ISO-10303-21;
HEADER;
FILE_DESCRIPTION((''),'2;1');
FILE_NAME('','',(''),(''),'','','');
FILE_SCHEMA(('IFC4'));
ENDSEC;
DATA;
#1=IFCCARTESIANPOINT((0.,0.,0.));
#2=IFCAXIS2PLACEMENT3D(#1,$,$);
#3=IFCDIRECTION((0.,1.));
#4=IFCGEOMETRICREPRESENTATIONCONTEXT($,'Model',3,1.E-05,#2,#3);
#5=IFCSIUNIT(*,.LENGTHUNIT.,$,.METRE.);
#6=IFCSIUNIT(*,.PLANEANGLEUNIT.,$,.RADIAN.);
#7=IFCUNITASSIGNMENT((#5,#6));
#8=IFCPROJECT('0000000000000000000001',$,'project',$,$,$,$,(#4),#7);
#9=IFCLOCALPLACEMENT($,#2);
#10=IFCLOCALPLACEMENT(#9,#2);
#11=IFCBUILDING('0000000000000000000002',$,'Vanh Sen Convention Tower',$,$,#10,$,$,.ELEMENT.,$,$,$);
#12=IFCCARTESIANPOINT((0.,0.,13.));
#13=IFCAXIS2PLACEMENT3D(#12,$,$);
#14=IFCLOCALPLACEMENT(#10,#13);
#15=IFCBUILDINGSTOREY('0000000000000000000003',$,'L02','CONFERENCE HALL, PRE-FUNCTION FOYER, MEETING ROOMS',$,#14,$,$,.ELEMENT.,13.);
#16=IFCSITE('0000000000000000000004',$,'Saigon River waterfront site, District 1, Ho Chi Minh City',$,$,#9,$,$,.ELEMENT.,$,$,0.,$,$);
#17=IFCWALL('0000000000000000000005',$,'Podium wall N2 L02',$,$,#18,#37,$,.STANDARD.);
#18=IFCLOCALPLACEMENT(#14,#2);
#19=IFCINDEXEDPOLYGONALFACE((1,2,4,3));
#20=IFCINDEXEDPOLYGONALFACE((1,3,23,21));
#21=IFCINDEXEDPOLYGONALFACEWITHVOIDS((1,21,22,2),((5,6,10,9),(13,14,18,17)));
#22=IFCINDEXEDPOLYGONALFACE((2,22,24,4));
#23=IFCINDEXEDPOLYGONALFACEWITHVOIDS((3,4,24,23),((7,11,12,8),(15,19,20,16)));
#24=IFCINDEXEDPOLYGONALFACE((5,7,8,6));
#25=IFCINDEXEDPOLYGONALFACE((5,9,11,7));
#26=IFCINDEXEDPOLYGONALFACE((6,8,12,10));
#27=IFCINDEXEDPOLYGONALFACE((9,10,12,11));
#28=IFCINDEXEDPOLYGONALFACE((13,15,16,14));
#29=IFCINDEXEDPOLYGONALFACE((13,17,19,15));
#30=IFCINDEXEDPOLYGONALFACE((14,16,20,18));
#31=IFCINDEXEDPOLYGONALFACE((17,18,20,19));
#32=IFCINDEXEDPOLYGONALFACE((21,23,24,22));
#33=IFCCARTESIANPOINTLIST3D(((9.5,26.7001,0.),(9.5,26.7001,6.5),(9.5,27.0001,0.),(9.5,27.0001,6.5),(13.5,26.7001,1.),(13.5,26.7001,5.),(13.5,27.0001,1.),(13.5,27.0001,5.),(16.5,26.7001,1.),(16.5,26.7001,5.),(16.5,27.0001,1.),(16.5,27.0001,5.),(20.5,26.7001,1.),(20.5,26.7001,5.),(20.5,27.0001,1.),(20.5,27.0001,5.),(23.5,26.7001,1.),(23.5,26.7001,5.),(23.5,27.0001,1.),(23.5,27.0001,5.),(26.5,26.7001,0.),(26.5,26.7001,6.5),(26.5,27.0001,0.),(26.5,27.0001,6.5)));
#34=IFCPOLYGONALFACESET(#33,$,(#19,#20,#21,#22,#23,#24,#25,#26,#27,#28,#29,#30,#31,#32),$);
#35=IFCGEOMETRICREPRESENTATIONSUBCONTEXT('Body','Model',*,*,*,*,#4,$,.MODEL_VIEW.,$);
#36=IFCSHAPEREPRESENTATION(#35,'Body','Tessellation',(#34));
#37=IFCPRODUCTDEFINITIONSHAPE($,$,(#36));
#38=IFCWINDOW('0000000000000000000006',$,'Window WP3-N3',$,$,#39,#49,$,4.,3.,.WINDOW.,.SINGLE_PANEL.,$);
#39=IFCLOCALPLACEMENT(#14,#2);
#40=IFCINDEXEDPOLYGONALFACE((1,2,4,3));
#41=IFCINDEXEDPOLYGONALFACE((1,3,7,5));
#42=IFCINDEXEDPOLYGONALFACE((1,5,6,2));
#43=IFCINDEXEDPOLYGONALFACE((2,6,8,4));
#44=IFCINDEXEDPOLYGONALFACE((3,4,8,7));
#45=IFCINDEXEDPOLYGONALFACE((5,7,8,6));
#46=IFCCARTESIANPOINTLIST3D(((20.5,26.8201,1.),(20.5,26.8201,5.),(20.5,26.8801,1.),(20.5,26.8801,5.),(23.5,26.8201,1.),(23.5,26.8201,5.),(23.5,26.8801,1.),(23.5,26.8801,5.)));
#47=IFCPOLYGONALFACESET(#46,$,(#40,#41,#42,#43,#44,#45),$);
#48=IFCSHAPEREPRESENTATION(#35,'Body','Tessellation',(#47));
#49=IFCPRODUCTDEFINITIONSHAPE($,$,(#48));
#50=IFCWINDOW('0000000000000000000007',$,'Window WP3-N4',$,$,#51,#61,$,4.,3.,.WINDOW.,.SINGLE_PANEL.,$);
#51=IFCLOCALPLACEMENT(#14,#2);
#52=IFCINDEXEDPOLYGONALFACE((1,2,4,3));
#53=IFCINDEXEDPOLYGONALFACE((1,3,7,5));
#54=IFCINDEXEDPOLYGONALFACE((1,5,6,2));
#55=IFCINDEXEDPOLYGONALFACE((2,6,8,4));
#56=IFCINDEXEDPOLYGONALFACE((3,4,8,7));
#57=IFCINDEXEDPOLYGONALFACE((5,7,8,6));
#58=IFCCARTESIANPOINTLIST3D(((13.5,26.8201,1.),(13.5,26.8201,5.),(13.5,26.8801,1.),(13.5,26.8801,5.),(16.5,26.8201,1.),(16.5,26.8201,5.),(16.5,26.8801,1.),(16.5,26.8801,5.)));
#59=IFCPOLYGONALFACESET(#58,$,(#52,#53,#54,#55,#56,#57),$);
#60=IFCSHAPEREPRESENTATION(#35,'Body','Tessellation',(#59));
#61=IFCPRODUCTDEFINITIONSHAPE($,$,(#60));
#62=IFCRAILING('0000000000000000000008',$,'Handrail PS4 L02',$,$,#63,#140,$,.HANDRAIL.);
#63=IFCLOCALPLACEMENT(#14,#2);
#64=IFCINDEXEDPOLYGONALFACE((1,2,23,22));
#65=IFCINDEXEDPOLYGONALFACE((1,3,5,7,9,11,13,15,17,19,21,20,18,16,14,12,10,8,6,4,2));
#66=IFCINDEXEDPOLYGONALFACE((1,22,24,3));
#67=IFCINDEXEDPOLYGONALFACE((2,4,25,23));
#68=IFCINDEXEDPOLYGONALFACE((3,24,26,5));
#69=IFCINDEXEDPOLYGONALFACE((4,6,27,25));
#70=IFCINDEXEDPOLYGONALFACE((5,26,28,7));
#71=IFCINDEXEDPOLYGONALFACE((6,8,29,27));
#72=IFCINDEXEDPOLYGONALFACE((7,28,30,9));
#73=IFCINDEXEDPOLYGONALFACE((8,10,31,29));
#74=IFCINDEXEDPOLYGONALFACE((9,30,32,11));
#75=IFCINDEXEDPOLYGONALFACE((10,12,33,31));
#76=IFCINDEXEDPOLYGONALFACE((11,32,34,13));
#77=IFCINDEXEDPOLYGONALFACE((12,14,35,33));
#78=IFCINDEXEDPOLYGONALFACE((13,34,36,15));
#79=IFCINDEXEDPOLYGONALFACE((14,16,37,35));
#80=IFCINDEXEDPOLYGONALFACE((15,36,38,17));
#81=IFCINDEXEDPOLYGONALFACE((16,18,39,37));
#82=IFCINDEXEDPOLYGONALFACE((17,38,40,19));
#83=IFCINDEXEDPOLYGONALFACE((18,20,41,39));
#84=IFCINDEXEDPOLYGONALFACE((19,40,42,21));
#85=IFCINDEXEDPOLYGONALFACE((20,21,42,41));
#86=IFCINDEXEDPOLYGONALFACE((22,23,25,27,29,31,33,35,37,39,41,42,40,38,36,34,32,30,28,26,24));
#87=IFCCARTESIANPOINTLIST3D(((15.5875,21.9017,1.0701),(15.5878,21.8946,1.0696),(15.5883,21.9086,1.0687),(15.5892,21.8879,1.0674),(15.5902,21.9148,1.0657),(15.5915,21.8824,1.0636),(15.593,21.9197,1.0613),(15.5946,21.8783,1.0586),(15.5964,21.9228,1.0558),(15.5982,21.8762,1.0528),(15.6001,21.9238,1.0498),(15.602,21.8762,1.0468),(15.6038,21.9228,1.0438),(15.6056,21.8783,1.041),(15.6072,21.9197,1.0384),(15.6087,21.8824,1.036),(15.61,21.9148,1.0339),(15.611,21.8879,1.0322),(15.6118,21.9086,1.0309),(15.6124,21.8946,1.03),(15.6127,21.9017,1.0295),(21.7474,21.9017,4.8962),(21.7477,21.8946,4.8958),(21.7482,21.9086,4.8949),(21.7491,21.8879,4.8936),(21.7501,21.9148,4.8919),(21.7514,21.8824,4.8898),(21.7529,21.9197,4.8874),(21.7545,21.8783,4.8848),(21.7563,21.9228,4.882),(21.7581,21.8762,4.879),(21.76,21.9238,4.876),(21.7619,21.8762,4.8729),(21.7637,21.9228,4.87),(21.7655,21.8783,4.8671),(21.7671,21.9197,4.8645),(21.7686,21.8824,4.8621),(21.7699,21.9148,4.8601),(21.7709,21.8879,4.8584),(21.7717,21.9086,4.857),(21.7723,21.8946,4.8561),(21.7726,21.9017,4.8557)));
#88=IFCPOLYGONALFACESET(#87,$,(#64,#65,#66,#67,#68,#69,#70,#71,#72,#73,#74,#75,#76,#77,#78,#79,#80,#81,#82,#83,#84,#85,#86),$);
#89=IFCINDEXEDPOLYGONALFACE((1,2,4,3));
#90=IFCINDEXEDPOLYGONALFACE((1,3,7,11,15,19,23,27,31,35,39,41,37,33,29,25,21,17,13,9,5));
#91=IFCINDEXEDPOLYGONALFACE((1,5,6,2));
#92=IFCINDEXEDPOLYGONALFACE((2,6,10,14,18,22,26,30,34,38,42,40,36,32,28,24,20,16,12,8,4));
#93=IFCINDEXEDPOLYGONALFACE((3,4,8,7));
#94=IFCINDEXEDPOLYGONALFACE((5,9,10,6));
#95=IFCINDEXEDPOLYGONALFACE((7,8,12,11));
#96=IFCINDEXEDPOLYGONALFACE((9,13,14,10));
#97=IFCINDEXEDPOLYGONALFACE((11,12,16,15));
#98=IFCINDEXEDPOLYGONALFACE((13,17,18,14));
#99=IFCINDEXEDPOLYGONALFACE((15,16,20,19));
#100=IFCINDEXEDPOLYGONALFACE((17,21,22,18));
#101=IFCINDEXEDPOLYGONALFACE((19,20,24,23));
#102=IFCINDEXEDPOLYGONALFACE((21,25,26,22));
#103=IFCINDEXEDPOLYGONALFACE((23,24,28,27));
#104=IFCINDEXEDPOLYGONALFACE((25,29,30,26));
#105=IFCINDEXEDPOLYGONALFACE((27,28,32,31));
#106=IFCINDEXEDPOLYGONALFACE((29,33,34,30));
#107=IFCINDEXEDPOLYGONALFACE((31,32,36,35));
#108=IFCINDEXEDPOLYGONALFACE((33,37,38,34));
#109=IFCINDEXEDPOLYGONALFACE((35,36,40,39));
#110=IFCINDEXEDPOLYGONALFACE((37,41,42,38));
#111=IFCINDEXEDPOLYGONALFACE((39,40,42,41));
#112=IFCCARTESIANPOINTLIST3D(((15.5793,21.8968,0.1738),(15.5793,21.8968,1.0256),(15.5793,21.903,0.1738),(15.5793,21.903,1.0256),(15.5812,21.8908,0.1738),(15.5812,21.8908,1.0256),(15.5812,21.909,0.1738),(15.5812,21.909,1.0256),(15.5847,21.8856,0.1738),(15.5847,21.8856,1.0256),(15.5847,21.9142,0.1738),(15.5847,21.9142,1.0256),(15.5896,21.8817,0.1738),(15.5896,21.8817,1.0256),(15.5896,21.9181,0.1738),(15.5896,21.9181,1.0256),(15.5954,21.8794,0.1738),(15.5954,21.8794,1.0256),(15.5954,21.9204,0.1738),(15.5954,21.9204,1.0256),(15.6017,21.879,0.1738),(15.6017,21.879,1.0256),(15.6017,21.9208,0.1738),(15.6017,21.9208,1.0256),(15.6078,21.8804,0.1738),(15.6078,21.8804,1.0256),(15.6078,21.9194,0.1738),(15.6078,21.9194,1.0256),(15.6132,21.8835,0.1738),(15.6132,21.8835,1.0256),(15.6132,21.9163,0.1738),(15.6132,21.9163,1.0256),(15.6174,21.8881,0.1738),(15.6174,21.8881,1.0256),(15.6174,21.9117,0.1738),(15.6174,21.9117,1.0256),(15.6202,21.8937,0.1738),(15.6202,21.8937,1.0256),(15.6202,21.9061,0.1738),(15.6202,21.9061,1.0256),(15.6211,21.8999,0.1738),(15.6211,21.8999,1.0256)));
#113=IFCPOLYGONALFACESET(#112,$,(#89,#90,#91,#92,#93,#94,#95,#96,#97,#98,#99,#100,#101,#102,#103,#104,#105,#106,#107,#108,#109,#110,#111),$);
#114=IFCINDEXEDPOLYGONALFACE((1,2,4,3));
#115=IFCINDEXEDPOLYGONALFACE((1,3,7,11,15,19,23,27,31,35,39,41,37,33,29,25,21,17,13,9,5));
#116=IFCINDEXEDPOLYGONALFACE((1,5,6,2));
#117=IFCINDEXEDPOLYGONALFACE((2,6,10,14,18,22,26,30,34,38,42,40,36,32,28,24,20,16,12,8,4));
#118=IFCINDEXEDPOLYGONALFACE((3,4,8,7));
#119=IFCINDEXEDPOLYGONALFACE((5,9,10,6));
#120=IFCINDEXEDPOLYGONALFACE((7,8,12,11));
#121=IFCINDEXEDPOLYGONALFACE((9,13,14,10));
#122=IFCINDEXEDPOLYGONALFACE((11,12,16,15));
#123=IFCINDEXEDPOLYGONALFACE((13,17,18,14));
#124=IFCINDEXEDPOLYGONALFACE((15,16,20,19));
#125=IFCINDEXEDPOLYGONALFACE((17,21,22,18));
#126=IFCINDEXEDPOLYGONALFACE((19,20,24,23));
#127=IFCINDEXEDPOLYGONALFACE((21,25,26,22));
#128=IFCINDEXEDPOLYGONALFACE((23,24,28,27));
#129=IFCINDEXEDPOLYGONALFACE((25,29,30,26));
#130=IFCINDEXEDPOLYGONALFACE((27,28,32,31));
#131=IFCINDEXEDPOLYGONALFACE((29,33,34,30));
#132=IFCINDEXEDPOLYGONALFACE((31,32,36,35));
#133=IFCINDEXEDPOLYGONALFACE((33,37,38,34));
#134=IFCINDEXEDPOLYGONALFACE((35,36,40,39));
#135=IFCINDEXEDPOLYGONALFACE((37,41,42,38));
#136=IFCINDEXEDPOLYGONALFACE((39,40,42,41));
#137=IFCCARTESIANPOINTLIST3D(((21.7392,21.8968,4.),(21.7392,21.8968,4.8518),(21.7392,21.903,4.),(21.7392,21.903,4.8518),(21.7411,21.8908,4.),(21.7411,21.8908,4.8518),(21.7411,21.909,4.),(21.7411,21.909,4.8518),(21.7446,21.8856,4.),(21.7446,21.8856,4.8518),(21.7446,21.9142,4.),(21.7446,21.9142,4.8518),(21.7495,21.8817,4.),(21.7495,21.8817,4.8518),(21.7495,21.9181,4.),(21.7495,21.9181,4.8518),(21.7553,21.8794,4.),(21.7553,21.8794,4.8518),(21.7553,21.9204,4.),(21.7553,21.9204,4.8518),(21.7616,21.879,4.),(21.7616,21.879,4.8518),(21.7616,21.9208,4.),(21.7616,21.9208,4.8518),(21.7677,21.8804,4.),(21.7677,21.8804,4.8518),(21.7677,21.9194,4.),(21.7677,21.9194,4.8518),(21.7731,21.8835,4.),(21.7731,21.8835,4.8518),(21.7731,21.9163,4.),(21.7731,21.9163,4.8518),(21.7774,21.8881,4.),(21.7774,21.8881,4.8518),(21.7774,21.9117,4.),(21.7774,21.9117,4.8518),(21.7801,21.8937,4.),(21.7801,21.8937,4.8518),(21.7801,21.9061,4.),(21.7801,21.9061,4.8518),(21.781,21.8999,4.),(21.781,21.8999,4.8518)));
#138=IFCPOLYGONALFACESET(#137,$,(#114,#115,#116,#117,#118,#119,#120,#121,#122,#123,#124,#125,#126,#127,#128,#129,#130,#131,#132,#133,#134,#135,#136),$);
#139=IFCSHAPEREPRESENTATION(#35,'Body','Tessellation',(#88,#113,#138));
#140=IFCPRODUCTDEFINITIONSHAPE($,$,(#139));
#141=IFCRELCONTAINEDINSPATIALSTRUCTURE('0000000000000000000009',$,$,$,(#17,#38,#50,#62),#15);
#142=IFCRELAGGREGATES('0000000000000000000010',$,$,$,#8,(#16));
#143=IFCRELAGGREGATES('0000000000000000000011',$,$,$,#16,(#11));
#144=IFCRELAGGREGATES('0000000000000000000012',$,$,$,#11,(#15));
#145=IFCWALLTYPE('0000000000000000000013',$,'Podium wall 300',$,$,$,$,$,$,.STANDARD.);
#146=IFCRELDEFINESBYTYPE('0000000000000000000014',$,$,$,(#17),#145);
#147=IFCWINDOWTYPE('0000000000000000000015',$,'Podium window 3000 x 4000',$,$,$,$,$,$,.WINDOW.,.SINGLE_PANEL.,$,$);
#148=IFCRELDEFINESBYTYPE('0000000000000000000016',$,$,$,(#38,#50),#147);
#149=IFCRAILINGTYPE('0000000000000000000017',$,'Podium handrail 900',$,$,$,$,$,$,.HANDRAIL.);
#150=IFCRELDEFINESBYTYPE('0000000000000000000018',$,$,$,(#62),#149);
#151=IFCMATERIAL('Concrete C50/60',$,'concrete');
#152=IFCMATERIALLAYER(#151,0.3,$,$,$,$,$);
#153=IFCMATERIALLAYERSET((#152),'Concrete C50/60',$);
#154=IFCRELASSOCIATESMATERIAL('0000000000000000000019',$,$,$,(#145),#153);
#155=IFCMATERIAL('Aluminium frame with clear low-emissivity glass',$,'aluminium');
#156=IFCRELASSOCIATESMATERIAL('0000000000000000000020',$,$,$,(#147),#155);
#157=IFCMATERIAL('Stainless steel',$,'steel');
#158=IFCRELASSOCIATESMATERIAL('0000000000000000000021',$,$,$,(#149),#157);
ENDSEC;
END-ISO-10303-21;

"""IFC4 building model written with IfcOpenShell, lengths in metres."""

from ifc_helpers import new_model, si_unit, direction, frame, frame_2d, origin, origin_2d, place, context, subcontext, project, spatial, rectangle, circle, extrude, material, layer, layer_set, type_object, element, fill, save


model = new_model("IFC4")

# Units and contexts
model_context = context("Model", 3, precision=1e-05, world=origin(), true_north=direction((0.0, 1.0)))
body_context = subcontext(model_context, "Body", "Model", "MODEL_VIEW")
ifc_project = project(units=[si_unit("LENGTHUNIT", "METRE"), si_unit("PLANEANGLEUNIT", "RADIAN")], contexts=[model_context])

# Site, building, storey
site_placement = place(None, origin())
site = spatial("IfcSite", under=ifc_project, at=site_placement, Name="Saigon River waterfront site, District 1, Ho Chi Minh City", CompositionType="ELEMENT", RefElevation=0.0)
building_placement = place(site_placement, origin())
building = spatial("IfcBuilding", under=site, at=building_placement, Name="Vanh Sen Convention Tower", CompositionType="ELEMENT")
storey_placement = place(building_placement, frame((0.0, 0.0, 13.0)))
storey = spatial("IfcBuildingStorey", under=building, at=storey_placement, Name="L02", Description="CONFERENCE HALL, PRE-FUNCTION FOYER, MEETING ROOMS", CompositionType="ELEMENT", Elevation=13.0)

# Wall, openings, windows
ifc_material_1 = material(Name="Concrete C50/60", Category="concrete")
ifc_layer_1 = layer(ifc_material_1, 0.3)
ifc_layer_set_1 = layer_set([ifc_layer_1], Name="Concrete C50/60")
wall_type_1 = type_object("IfcWallType", Name="Podium wall 300", PredefinedType="STANDARD", material=ifc_layer_set_1)
wall_1_placement = place(storey_placement, frame((26.5, 26.8501, 0.0), z_axis=(0.0, 0.0, 1.0), x_axis=(-1.0, 0.0, 0.0)))
wall_1 = element("IfcWall", 1, at=wall_1_placement, inside=storey, type_object=wall_type_1, Name="Podium wall N2 L02", PredefinedType="STANDARD", context=body_context, shape_type="SweptSolid", body=[
    extrude(rectangle(XDim=17.0, YDim=0.3, at=frame_2d((8.5, 0.0))), origin(), (0.0, 0.0, 1.0), 6.5),
])
opening_1_placement = place(wall_1_placement, frame((3.0, 0.0, 1.0)))
opening_1 = element("IfcOpeningElement", 2, at=opening_1_placement, cuts=wall_1, PredefinedType="OPENING", context=body_context, shape_type="SweptSolid", body=[
    extrude(rectangle(XDim=3.0, YDim=4.0, at=frame_2d((1.5, 2.0))), frame((0.0, 0.1599, 0.0), z_axis=(0.0, -1.0, 0.0), x_axis=(1.0, 0.0, 0.0)), (0.0, 0.0, 1.0), 0.3201),
])
opening_2_placement = place(wall_1_placement, frame((10.0, 0.0, 1.0)))
opening_2 = element("IfcOpeningElement", 3, at=opening_2_placement, cuts=wall_1, PredefinedType="OPENING", context=body_context, shape_type="SweptSolid", body=[
    extrude(rectangle(XDim=3.0, YDim=4.0, at=frame_2d((1.5, 2.0))), frame((0.0, 0.1599, 0.0), z_axis=(0.0, -1.0, 0.0), x_axis=(1.0, 0.0, 0.0)), (0.0, 0.0, 1.0), 0.3201),
])
ifc_material_2 = material(Name="Aluminium frame with clear low-emissivity glass", Category="aluminium")
window_type = type_object("IfcWindowType", Name="Podium window 3000 x 4000", PartitioningType="SINGLE_PANEL", PredefinedType="WINDOW", material=ifc_material_2)
window_1_placement = place(opening_1_placement, origin())
window_1 = element("IfcWindow", 4, at=window_1_placement, inside=storey, type_object=window_type, Name="Window WP3-N3", OverallHeight=4.0, OverallWidth=3.0, PartitioningType="SINGLE_PANEL", PredefinedType="WINDOW", context=body_context, shape_type="SweptSolid", body=[
    extrude(rectangle(XDim=3.0, YDim=4.0, at=frame_2d((1.5, 2.0))), frame((0.0, 0.03, 0.0), z_axis=(0.0, -1.0, 0.0), x_axis=(1.0, 0.0, 0.0)), (0.0, 0.0, 1.0), 0.0601),
])
fill(opening_1, window_1)
window_2_placement = place(opening_2_placement, origin())
window_2 = element("IfcWindow", 5, at=window_2_placement, inside=storey, type_object=window_type, Name="Window WP3-N4", OverallHeight=4.0, OverallWidth=3.0, PartitioningType="SINGLE_PANEL", PredefinedType="WINDOW", context=body_context, shape_type="SweptSolid", body=[
    extrude(rectangle(XDim=3.0, YDim=4.0, at=frame_2d((1.5, 2.0))), frame((0.0, 0.03, 0.0), z_axis=(0.0, -1.0, 0.0), x_axis=(1.0, 0.0, 0.0)), (0.0, 0.0, 1.0), 0.0601),
])
fill(opening_2, window_2)

# Railing
ifc_material_3 = material(Name="Stainless steel", Category="steel")
railing_type = type_object("IfcRailingType", Name="Podium handrail 900", PredefinedType="HANDRAIL", material=ifc_material_3)
for number, where, name in (
    (6, (15.6001, 21.8999, 0.1738), "Handrail PS4 L02"),
):
    element("IfcRailing", number, at=place(storey_placement, frame(where)), inside=storey, type_object=railing_type, Name=name, PredefinedType="HANDRAIL", context=body_context, shape_type="SweptSolid", body=[
        extrude(circle(Radius=0.0239, at=origin_2d()), frame((0.0, 0.0, 0.876), z_axis=(0.849468, 0.0, 0.527639), x_axis=(0.0, 1.0, 0.0)), (0.0, 0.0, 1.0), 7.2515),
        extrude(circle(Radius=0.021, at=origin_2d()), origin(), (0.0, 0.0, 1.0), 0.8518),
        extrude(circle(Radius=0.021, at=origin_2d()), frame((6.1599, 0.0, 3.8262)), (0.0, 0.0, 1.0), 0.8518),
    ])

save(model, "model.ifc")
